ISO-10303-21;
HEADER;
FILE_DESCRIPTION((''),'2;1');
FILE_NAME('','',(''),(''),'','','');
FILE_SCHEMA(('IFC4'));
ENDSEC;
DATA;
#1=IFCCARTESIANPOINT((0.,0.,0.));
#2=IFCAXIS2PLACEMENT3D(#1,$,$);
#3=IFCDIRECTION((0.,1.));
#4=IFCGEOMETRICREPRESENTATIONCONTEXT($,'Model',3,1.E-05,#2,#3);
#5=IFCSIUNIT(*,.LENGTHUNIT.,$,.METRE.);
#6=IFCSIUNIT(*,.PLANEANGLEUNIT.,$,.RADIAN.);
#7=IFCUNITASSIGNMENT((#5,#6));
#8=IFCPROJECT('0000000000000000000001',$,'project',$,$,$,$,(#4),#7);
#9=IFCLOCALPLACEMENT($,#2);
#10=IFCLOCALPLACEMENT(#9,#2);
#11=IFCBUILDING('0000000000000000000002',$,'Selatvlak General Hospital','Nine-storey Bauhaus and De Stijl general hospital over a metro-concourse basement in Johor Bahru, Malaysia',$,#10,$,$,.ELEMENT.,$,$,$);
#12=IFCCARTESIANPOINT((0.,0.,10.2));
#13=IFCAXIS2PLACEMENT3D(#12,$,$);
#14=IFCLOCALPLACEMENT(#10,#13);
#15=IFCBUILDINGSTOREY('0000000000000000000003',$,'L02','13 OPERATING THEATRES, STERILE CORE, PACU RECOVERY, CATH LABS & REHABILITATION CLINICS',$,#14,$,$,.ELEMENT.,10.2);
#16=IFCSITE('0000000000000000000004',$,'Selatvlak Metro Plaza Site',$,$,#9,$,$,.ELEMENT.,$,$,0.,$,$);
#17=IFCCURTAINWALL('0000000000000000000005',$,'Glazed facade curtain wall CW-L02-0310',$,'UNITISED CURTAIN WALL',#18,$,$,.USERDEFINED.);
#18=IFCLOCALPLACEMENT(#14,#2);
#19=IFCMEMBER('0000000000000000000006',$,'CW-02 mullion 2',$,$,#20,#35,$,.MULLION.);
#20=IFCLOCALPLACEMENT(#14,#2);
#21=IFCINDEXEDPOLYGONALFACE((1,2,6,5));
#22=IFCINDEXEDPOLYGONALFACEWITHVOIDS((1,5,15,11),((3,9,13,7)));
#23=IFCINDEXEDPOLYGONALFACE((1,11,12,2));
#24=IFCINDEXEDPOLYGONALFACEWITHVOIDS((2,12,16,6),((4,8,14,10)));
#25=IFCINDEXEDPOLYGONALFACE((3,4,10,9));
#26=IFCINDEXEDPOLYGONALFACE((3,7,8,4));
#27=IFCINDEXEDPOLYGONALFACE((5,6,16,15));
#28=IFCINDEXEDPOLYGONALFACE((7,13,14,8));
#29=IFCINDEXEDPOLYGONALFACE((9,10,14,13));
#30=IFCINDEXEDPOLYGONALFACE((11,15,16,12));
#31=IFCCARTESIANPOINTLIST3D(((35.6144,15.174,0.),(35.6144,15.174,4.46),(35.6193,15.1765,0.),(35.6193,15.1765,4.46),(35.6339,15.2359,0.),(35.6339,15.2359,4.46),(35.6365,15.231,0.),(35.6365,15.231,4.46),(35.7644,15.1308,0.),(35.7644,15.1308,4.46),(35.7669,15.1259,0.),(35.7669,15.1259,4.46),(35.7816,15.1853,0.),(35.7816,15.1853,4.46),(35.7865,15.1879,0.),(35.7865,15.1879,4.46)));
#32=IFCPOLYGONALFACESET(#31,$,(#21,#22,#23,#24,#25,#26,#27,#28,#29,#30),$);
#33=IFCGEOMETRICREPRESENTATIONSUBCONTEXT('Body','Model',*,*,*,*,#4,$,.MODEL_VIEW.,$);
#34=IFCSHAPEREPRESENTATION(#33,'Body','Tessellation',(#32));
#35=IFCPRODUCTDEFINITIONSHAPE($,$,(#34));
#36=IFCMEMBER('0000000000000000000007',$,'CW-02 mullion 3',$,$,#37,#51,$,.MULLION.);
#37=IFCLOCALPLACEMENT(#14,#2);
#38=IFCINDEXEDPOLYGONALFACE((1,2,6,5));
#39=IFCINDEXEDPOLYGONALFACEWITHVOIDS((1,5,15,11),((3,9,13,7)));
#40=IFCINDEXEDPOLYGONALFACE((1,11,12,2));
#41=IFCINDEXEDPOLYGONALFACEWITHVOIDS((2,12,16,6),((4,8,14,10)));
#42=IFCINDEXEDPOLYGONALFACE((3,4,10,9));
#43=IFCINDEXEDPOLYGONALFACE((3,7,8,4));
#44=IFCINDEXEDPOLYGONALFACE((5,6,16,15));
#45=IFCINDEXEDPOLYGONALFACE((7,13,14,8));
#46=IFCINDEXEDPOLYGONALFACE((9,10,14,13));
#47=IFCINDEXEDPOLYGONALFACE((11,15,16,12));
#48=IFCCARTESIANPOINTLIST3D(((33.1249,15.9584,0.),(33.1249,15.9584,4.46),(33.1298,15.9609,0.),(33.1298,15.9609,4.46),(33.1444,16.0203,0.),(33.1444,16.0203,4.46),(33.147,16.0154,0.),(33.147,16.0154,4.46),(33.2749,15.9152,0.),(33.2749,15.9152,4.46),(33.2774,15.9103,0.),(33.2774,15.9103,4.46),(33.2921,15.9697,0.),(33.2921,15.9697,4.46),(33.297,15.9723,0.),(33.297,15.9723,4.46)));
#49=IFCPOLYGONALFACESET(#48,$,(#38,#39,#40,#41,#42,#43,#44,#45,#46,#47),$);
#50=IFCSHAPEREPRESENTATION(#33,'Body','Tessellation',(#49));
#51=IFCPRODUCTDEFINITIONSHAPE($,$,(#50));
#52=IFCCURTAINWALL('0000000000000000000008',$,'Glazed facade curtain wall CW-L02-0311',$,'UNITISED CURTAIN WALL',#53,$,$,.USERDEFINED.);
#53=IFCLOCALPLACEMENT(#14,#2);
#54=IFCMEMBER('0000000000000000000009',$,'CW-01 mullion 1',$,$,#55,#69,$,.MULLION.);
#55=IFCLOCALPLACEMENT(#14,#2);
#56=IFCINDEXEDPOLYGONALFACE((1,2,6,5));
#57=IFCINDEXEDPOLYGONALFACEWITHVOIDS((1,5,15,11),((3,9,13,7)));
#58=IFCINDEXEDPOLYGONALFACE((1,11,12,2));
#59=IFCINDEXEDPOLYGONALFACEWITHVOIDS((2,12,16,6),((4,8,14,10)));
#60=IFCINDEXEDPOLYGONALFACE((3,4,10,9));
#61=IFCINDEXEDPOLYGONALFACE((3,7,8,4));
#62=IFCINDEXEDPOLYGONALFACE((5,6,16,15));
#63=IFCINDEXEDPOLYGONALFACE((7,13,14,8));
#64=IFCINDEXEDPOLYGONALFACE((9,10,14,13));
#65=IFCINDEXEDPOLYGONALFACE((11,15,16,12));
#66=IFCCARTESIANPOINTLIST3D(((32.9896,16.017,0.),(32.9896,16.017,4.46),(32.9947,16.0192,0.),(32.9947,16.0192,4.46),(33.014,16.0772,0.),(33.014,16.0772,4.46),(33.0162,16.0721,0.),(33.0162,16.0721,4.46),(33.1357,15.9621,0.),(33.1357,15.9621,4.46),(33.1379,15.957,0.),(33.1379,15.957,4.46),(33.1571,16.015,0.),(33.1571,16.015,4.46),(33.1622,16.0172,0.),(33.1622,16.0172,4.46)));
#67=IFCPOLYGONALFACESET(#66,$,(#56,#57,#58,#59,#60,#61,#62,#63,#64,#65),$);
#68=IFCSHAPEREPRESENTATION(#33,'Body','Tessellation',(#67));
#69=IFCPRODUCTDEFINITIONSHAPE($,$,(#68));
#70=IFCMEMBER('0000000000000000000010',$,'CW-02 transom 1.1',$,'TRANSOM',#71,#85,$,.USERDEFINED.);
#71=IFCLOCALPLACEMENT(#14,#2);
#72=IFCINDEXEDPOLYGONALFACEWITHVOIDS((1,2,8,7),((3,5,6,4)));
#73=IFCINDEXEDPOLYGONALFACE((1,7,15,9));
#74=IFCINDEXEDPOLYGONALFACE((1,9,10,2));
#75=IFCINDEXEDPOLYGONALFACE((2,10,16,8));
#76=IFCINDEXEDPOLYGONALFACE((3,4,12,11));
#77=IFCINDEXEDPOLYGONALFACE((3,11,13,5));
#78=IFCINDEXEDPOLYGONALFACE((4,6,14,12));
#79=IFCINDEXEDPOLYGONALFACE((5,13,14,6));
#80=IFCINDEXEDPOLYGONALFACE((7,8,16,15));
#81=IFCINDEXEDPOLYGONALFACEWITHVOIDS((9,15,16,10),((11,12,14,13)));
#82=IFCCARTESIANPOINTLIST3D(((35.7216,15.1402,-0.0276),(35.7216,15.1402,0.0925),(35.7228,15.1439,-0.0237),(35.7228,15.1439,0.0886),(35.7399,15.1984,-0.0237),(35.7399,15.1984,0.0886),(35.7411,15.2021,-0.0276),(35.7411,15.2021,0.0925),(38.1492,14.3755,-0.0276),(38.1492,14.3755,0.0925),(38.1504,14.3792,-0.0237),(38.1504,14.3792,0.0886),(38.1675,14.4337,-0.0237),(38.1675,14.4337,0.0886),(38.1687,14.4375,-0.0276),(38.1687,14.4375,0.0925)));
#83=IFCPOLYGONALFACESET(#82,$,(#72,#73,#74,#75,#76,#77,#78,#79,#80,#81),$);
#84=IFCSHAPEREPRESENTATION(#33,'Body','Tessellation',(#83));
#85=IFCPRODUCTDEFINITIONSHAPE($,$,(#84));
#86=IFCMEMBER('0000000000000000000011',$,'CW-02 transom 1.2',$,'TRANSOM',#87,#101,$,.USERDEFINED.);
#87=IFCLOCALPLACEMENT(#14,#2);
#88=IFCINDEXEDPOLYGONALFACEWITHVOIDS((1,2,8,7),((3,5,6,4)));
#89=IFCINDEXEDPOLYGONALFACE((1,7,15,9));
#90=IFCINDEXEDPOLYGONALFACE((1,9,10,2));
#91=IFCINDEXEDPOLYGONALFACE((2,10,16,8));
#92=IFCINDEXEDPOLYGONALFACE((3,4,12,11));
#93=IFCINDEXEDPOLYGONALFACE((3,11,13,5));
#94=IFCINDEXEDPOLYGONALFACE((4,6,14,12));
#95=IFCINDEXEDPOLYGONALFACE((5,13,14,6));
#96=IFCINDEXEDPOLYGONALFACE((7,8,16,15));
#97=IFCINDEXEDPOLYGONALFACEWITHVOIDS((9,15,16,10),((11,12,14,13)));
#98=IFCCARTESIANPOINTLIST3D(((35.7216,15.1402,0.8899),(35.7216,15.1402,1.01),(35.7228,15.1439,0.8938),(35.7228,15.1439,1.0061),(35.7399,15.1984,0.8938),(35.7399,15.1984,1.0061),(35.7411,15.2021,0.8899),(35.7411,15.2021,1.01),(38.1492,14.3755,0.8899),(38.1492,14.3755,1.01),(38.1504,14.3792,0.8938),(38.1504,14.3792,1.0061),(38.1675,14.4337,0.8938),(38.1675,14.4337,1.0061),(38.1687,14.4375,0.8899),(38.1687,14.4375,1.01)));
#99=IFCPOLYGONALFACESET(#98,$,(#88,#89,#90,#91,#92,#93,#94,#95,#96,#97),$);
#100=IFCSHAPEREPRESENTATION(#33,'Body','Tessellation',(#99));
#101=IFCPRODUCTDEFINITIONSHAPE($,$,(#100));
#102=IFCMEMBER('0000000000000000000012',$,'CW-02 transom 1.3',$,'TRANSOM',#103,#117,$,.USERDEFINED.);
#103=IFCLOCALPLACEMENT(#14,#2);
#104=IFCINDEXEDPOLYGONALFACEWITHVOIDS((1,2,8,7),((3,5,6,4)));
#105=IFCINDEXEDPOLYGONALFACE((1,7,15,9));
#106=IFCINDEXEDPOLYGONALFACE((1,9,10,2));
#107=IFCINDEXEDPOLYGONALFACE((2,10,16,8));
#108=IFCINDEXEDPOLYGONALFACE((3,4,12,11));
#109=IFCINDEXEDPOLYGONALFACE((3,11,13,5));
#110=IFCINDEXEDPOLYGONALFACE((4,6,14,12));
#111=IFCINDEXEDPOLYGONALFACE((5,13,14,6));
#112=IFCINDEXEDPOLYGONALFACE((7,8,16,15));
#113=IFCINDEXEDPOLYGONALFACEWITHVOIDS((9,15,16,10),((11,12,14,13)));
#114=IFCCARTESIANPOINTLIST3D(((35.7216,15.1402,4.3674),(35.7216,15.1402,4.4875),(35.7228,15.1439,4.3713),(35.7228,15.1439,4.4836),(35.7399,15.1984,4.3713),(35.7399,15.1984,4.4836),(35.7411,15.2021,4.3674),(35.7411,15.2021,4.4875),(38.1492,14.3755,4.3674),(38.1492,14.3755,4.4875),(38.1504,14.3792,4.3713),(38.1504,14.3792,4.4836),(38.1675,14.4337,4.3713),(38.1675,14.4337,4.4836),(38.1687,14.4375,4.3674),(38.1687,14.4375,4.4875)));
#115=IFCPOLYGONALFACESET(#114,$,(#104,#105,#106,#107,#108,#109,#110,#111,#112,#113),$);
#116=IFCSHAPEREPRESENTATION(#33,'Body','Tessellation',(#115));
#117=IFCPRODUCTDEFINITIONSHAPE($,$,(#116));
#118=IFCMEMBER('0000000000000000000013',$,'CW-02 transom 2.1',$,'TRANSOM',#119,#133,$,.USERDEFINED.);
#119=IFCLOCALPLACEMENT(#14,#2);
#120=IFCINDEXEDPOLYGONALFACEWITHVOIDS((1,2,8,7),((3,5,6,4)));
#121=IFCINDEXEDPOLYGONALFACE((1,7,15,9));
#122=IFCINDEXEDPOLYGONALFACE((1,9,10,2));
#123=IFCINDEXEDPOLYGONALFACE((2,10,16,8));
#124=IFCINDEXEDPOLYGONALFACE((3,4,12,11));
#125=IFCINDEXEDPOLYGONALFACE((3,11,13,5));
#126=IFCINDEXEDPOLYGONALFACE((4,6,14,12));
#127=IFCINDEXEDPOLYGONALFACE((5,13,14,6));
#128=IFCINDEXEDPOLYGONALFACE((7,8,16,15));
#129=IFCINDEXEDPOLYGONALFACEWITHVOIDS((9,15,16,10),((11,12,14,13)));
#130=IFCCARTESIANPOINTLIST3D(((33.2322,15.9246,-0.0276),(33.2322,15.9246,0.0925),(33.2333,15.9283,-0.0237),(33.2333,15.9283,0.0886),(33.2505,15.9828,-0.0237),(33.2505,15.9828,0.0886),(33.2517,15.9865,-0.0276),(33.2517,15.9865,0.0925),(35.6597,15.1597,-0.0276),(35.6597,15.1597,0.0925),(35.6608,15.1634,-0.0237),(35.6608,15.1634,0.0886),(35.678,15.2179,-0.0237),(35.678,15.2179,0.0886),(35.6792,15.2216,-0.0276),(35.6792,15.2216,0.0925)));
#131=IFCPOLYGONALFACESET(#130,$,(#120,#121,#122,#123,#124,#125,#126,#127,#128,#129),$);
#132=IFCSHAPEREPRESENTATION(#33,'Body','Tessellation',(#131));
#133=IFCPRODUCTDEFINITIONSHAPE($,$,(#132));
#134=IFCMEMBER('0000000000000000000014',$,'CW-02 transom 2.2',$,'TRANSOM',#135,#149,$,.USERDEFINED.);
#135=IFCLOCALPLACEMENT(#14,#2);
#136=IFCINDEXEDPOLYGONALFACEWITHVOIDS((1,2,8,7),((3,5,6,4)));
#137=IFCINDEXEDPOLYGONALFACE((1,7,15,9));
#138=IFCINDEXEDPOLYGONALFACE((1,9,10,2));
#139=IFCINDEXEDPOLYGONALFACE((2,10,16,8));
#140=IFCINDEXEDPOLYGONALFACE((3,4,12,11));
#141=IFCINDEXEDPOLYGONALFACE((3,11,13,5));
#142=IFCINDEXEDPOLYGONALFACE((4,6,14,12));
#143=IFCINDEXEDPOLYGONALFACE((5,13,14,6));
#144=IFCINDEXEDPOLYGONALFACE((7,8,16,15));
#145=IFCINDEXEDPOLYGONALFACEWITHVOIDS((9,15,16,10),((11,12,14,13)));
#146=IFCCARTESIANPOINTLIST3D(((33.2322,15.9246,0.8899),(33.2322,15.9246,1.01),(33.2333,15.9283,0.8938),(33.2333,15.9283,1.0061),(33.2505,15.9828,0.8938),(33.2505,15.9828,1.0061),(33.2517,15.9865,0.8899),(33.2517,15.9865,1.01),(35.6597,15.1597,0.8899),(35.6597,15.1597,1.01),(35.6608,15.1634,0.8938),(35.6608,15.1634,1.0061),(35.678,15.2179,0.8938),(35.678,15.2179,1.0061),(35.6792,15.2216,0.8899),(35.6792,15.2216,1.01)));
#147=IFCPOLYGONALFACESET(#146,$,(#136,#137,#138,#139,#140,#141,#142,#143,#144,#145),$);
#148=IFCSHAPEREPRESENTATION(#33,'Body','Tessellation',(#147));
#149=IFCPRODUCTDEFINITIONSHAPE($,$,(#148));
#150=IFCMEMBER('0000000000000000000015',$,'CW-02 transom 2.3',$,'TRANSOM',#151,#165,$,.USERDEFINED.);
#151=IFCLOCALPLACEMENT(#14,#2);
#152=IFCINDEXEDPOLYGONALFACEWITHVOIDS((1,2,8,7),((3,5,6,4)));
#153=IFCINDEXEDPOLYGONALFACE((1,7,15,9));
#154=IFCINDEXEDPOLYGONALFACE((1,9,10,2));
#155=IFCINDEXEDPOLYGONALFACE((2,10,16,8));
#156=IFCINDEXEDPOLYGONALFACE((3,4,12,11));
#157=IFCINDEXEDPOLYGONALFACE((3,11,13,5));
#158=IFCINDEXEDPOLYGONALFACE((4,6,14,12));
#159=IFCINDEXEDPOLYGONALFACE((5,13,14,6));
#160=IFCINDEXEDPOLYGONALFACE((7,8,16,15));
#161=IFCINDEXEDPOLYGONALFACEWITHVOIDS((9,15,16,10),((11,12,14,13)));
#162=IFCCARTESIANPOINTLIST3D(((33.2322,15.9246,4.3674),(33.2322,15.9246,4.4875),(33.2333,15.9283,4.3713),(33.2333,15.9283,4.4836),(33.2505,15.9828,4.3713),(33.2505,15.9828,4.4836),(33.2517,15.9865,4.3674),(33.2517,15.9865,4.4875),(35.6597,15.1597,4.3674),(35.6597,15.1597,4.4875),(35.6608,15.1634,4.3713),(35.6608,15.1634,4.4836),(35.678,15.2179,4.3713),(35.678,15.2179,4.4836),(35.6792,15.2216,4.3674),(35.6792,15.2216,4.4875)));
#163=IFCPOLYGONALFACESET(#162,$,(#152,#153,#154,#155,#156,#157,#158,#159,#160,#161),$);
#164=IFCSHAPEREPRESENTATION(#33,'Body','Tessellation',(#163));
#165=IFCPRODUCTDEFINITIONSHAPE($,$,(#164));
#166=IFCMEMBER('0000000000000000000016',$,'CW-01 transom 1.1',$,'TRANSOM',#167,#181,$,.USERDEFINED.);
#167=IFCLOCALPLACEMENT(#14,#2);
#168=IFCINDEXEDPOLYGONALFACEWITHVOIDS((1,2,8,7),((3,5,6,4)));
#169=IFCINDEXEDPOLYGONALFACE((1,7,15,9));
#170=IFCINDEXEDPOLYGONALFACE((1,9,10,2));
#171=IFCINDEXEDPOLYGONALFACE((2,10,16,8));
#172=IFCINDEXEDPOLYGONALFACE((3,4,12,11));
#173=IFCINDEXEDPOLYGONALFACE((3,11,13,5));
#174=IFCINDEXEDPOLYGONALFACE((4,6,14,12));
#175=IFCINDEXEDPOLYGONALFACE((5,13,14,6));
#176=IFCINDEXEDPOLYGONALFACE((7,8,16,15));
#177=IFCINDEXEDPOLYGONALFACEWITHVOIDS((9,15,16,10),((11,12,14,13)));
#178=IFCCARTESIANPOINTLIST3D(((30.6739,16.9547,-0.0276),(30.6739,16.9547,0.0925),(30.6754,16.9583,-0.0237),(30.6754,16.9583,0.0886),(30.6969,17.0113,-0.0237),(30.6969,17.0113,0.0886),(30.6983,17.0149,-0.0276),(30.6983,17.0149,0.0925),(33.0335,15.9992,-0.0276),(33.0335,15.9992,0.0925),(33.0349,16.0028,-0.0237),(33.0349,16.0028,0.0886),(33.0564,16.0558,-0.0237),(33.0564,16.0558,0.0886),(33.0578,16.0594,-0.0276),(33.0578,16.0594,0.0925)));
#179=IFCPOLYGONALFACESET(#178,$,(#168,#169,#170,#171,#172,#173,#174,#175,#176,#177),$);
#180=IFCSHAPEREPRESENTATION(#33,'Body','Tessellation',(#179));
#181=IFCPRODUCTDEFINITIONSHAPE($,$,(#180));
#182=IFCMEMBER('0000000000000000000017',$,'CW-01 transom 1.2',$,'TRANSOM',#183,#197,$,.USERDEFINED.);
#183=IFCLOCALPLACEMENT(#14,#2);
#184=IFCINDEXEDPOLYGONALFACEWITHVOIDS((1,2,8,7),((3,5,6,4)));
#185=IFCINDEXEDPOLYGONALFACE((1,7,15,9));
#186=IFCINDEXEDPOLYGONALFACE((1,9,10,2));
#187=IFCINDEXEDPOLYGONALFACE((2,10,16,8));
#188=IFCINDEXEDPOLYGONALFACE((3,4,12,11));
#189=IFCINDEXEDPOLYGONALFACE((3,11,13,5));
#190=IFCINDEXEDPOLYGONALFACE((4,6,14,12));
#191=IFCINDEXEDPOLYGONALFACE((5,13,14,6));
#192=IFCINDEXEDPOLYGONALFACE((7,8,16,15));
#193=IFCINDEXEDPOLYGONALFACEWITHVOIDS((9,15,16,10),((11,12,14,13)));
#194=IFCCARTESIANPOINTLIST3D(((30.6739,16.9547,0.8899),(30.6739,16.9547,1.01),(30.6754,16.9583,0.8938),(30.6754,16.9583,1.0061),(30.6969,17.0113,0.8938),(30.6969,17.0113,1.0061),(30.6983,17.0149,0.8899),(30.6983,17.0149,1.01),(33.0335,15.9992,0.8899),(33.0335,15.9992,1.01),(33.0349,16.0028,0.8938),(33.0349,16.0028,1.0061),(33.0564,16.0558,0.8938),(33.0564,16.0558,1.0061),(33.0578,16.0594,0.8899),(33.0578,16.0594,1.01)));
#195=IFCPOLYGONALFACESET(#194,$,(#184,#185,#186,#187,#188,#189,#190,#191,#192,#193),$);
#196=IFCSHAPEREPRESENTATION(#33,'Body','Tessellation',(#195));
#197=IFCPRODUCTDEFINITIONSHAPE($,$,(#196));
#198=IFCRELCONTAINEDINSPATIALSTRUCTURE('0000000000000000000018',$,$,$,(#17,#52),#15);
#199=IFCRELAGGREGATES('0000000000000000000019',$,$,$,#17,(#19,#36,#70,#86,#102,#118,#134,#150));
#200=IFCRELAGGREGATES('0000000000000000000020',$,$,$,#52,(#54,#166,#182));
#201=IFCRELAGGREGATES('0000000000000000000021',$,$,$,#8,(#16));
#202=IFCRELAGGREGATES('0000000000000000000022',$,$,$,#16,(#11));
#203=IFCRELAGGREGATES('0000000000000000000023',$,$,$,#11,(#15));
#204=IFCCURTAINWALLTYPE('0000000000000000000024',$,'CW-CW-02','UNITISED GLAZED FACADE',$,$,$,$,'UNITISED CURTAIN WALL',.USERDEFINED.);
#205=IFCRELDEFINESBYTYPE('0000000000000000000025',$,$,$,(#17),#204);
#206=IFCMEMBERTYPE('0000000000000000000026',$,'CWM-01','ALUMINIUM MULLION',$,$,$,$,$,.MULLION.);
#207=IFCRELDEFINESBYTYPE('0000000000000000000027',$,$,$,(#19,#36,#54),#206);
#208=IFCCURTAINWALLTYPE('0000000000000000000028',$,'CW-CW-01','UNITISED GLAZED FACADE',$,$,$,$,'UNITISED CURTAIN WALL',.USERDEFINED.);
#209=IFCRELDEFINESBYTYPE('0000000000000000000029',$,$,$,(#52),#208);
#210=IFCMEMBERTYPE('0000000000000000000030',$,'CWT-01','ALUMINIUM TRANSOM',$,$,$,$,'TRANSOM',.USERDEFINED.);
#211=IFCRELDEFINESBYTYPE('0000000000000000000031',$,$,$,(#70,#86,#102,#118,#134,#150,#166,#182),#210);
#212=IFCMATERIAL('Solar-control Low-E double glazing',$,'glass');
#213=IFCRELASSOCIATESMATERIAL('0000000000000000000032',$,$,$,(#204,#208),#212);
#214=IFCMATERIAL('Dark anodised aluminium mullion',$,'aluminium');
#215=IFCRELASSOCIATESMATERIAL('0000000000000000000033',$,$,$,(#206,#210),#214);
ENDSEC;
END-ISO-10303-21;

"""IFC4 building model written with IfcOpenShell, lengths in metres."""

from ifc_helpers import new_model, si_unit, direction, frame, origin, origin_2d, place, context, subcontext, project, spatial, hollow_rectangle, extrude, material, material_profile, profile_set, type_object, element, aggregate, save


model = new_model("IFC4")

# Units and contexts
model_context = context("Model", 3, precision=1e-05, world=origin(), true_north=direction((0.0, 1.0)))
body_context = subcontext(model_context, "Body", "Model", "MODEL_VIEW")
ifc_project = project(units=[si_unit("LENGTHUNIT", "METRE"), si_unit("PLANEANGLEUNIT", "RADIAN")], contexts=[model_context])

# Site, building, storey
site_placement = place(None, origin())
site = spatial("IfcSite", under=ifc_project, at=site_placement, Name="Selatvlak Metro Plaza Site", CompositionType="ELEMENT", RefElevation=0.0)
building_placement = place(site_placement, origin())
building = spatial("IfcBuilding", under=site, at=building_placement, Name="Selatvlak General Hospital", Description="Nine-storey Bauhaus and De Stijl general hospital over a metro-concourse basement in Johor Bahru, Malaysia", CompositionType="ELEMENT")
storey_placement = place(building_placement, frame((0.0, 0.0, 10.2)))
storey = spatial("IfcBuildingStorey", under=building, at=storey_placement, Name="L02", Description="13 OPERATING THEATRES, STERILE CORE, PACU RECOVERY, CATH LABS & REHABILITATION CLINICS", CompositionType="ELEMENT", Elevation=10.2)

# Curtain wall, members
ifc_material_1 = material(Name="Solar-control Low-E double glazing", Category="glass")
curtain_wall_type_1 = type_object("IfcCurtainWallType", Name="CW-CW-02", Description="UNITISED GLAZED FACADE", ElementType="UNITISED CURTAIN WALL", PredefinedType="USERDEFINED", material=ifc_material_1)
curtain_wall_1_placement = place(storey_placement, origin())
curtain_wall_1 = element("IfcCurtainWall", 1, at=curtain_wall_1_placement, inside=storey, type_object=curtain_wall_type_1, Name="Glazed facade curtain wall CW-L02-0310", ObjectType="UNITISED CURTAIN WALL", PredefinedType="USERDEFINED")
ifc_material_2 = material(Name="Dark anodised aluminium mullion", Category="aluminium")
ifc_material_profile_1 = material_profile(ifc_material_2, hollow_rectangle(XDim=0.0649, YDim=0.1599, WallThickness=0.0039, at=origin_2d()), Name="AL-MUL 65x160x4")
ifc_profile_set_1 = profile_set([ifc_material_profile_1], Name="Dark anodised aluminium mullion")
member_type_1 = type_object("IfcMemberType", Name="CWM-01", Description="ALUMINIUM MULLION", PredefinedType="MULLION", material=ifc_profile_set_1)
member_1_placement = place(storey_placement, frame((35.7004, 15.1809, 0.0), z_axis=(0.0, 0.0, 1.0), x_axis=(-0.300461, -0.953794, 0.0)))
member_1 = element("IfcMember", 2, at=member_1_placement, type_object=member_type_1, Name="CW-02 mullion 2", PredefinedType="MULLION", context=body_context, shape_type="SweptSolid", body=[
    extrude(hollow_rectangle(XDim=0.0649, YDim=0.1599, WallThickness=0.0039, at=origin_2d()), origin(), (0.0, 0.0, 1.0), 4.46),
])
member_2_placement = place(storey_placement, frame((33.2109, 15.9653, 0.0), z_axis=(0.0, 0.0, 1.0), x_axis=(-0.300461, -0.953794, 0.0)))
member_2 = element("IfcMember", 3, at=member_2_placement, type_object=member_type_1, Name="CW-02 mullion 3", PredefinedType="MULLION", context=body_context, shape_type="SweptSolid", body=[
    extrude(hollow_rectangle(XDim=0.0649, YDim=0.1599, WallThickness=0.0039, at=origin_2d()), origin(), (0.0, 0.0, 1.0), 4.46),
])

# Curtain wall, member
curtain_wall_type_2 = type_object("IfcCurtainWallType", Name="CW-CW-01", Description="UNITISED GLAZED FACADE", ElementType="UNITISED CURTAIN WALL", PredefinedType="USERDEFINED", material=ifc_material_1)
curtain_wall_2_placement = place(storey_placement, origin())
curtain_wall_2 = element("IfcCurtainWall", 4, at=curtain_wall_2_placement, inside=storey, type_object=curtain_wall_type_2, Name="Glazed facade curtain wall CW-L02-0311", ObjectType="UNITISED CURTAIN WALL", PredefinedType="USERDEFINED")
member_3_placement = place(storey_placement, frame((33.0759, 16.0171, 0.0), z_axis=(0.0, 0.0, 1.0), x_axis=(-0.375301, -0.926903, 0.0)))
member_3 = element("IfcMember", 5, at=member_3_placement, type_object=member_type_1, Name="CW-01 mullion 1", PredefinedType="MULLION", context=body_context, shape_type="SweptSolid", body=[
    extrude(hollow_rectangle(XDim=0.0649, YDim=0.1599, WallThickness=0.0039, at=origin_2d()), origin(), (0.0, 0.0, 1.0), 4.46),
])

# Members
ifc_material_profile_2 = material_profile(ifc_material_2, hollow_rectangle(XDim=0.0649, YDim=0.1201, WallThickness=0.0039, at=origin_2d()), Name="AL-TRN 65x120x4")
ifc_profile_set_2 = profile_set([ifc_material_profile_2], Name="Dark anodised aluminium mullion")
member_type_2 = type_object("IfcMemberType", Name="CWT-01", Description="ALUMINIUM TRANSOM", ElementType="TRANSOM", PredefinedType="USERDEFINED", material=ifc_profile_set_2)
member_4_placement = place(storey_placement, frame((38.1589, 14.4065, 0.0325), z_axis=(-0.9538, 0.300443, 0.0), x_axis=(-0.300443, -0.9538, 0.0)))
member_4 = element("IfcMember", 6, at=member_4_placement, type_object=member_type_2, Name="CW-02 transom 1.1", ObjectType="TRANSOM", PredefinedType="USERDEFINED", context=body_context, shape_type="SweptSolid", body=[
    extrude(hollow_rectangle(XDim=0.0649, YDim=0.1201, WallThickness=0.0039, at=origin_2d()), origin(), (0.0, 0.0, 1.0), 2.5452),
])
member_5_placement = place(storey_placement, frame((38.1589, 14.4065, 0.95), z_axis=(-0.9538, 0.300443, 0.0), x_axis=(-0.300443, -0.9538, 0.0)))
member_5 = element("IfcMember", 7, at=member_5_placement, type_object=member_type_2, Name="CW-02 transom 1.2", ObjectType="TRANSOM", PredefinedType="USERDEFINED", context=body_context, shape_type="SweptSolid", body=[
    extrude(hollow_rectangle(XDim=0.0649, YDim=0.1201, WallThickness=0.0039, at=origin_2d()), origin(), (0.0, 0.0, 1.0), 2.5452),
])
member_6_placement = place(storey_placement, frame((38.1589, 14.4065, 4.4275), z_axis=(-0.9538, 0.300443, 0.0), x_axis=(-0.300443, -0.9538, 0.0)))
member_6 = element("IfcMember", 8, at=member_6_placement, type_object=member_type_2, Name="CW-02 transom 1.3", ObjectType="TRANSOM", PredefinedType="USERDEFINED", context=body_context, shape_type="SweptSolid", body=[
    extrude(hollow_rectangle(XDim=0.0649, YDim=0.1201, WallThickness=0.0039, at=origin_2d()), origin(), (0.0, 0.0, 1.0), 2.5452),
])
member_7_placement = place(storey_placement, frame((35.6694, 15.1907, 0.0325), z_axis=(-0.953772, 0.30053, 0.0), x_axis=(-0.30053, -0.953772, 0.0)))
member_7 = element("IfcMember", 9, at=member_7_placement, type_object=member_type_2, Name="CW-02 transom 2.1", ObjectType="TRANSOM", PredefinedType="USERDEFINED", context=body_context, shape_type="SweptSolid", body=[
    extrude(hollow_rectangle(XDim=0.0649, YDim=0.1201, WallThickness=0.0039, at=origin_2d()), origin(), (0.0, 0.0, 1.0), 2.5452),
])
member_8_placement = place(storey_placement, frame((35.6694, 15.1907, 0.95), z_axis=(-0.953772, 0.30053, 0.0), x_axis=(-0.30053, -0.953772, 0.0)))
member_8 = element("IfcMember", 10, at=member_8_placement, type_object=member_type_2, Name="CW-02 transom 2.2", ObjectType="TRANSOM", PredefinedType="USERDEFINED", context=body_context, shape_type="SweptSolid", body=[
    extrude(hollow_rectangle(XDim=0.0649, YDim=0.1201, WallThickness=0.0039, at=origin_2d()), origin(), (0.0, 0.0, 1.0), 2.5452),
])
member_9_placement = place(storey_placement, frame((35.6694, 15.1907, 4.4275), z_axis=(-0.953772, 0.30053, 0.0), x_axis=(-0.30053, -0.953772, 0.0)))
member_9 = element("IfcMember", 11, at=member_9_placement, type_object=member_type_2, Name="CW-02 transom 2.3", ObjectType="TRANSOM", PredefinedType="USERDEFINED", context=body_context, shape_type="SweptSolid", body=[
    extrude(hollow_rectangle(XDim=0.0649, YDim=0.1201, WallThickness=0.0039, at=origin_2d()), origin(), (0.0, 0.0, 1.0), 2.5452),
])
member_10_placement = place(storey_placement, frame((33.0457, 16.0293, 0.0325), z_axis=(-0.926881, 0.375356, 0.0), x_axis=(-0.375356, -0.926881, 0.0)))
member_10 = element("IfcMember", 12, at=member_10_placement, type_object=member_type_2, Name="CW-01 transom 1.1", ObjectType="TRANSOM", PredefinedType="USERDEFINED", context=body_context, shape_type="SweptSolid", body=[
    extrude(hollow_rectangle(XDim=0.0649, YDim=0.1201, WallThickness=0.0039, at=origin_2d()), origin(), (0.0, 0.0, 1.0), 2.5457),
])
member_11_placement = place(storey_placement, frame((33.0457, 16.0293, 0.95), z_axis=(-0.926881, 0.375356, 0.0), x_axis=(-0.375356, -0.926881, 0.0)))
member_11 = element("IfcMember", 13, at=member_11_placement, type_object=member_type_2, Name="CW-01 transom 1.2", ObjectType="TRANSOM", PredefinedType="USERDEFINED", context=body_context, shape_type="SweptSolid", body=[
    extrude(hollow_rectangle(XDim=0.0649, YDim=0.1201, WallThickness=0.0039, at=origin_2d()), origin(), (0.0, 0.0, 1.0), 2.5457),
])

aggregate(curtain_wall_1, [member_1, member_2, member_4, member_5, member_6, member_7, member_8, member_9])
aggregate(curtain_wall_2, [member_3, member_10, member_11])

save(model, "model.ifc")
